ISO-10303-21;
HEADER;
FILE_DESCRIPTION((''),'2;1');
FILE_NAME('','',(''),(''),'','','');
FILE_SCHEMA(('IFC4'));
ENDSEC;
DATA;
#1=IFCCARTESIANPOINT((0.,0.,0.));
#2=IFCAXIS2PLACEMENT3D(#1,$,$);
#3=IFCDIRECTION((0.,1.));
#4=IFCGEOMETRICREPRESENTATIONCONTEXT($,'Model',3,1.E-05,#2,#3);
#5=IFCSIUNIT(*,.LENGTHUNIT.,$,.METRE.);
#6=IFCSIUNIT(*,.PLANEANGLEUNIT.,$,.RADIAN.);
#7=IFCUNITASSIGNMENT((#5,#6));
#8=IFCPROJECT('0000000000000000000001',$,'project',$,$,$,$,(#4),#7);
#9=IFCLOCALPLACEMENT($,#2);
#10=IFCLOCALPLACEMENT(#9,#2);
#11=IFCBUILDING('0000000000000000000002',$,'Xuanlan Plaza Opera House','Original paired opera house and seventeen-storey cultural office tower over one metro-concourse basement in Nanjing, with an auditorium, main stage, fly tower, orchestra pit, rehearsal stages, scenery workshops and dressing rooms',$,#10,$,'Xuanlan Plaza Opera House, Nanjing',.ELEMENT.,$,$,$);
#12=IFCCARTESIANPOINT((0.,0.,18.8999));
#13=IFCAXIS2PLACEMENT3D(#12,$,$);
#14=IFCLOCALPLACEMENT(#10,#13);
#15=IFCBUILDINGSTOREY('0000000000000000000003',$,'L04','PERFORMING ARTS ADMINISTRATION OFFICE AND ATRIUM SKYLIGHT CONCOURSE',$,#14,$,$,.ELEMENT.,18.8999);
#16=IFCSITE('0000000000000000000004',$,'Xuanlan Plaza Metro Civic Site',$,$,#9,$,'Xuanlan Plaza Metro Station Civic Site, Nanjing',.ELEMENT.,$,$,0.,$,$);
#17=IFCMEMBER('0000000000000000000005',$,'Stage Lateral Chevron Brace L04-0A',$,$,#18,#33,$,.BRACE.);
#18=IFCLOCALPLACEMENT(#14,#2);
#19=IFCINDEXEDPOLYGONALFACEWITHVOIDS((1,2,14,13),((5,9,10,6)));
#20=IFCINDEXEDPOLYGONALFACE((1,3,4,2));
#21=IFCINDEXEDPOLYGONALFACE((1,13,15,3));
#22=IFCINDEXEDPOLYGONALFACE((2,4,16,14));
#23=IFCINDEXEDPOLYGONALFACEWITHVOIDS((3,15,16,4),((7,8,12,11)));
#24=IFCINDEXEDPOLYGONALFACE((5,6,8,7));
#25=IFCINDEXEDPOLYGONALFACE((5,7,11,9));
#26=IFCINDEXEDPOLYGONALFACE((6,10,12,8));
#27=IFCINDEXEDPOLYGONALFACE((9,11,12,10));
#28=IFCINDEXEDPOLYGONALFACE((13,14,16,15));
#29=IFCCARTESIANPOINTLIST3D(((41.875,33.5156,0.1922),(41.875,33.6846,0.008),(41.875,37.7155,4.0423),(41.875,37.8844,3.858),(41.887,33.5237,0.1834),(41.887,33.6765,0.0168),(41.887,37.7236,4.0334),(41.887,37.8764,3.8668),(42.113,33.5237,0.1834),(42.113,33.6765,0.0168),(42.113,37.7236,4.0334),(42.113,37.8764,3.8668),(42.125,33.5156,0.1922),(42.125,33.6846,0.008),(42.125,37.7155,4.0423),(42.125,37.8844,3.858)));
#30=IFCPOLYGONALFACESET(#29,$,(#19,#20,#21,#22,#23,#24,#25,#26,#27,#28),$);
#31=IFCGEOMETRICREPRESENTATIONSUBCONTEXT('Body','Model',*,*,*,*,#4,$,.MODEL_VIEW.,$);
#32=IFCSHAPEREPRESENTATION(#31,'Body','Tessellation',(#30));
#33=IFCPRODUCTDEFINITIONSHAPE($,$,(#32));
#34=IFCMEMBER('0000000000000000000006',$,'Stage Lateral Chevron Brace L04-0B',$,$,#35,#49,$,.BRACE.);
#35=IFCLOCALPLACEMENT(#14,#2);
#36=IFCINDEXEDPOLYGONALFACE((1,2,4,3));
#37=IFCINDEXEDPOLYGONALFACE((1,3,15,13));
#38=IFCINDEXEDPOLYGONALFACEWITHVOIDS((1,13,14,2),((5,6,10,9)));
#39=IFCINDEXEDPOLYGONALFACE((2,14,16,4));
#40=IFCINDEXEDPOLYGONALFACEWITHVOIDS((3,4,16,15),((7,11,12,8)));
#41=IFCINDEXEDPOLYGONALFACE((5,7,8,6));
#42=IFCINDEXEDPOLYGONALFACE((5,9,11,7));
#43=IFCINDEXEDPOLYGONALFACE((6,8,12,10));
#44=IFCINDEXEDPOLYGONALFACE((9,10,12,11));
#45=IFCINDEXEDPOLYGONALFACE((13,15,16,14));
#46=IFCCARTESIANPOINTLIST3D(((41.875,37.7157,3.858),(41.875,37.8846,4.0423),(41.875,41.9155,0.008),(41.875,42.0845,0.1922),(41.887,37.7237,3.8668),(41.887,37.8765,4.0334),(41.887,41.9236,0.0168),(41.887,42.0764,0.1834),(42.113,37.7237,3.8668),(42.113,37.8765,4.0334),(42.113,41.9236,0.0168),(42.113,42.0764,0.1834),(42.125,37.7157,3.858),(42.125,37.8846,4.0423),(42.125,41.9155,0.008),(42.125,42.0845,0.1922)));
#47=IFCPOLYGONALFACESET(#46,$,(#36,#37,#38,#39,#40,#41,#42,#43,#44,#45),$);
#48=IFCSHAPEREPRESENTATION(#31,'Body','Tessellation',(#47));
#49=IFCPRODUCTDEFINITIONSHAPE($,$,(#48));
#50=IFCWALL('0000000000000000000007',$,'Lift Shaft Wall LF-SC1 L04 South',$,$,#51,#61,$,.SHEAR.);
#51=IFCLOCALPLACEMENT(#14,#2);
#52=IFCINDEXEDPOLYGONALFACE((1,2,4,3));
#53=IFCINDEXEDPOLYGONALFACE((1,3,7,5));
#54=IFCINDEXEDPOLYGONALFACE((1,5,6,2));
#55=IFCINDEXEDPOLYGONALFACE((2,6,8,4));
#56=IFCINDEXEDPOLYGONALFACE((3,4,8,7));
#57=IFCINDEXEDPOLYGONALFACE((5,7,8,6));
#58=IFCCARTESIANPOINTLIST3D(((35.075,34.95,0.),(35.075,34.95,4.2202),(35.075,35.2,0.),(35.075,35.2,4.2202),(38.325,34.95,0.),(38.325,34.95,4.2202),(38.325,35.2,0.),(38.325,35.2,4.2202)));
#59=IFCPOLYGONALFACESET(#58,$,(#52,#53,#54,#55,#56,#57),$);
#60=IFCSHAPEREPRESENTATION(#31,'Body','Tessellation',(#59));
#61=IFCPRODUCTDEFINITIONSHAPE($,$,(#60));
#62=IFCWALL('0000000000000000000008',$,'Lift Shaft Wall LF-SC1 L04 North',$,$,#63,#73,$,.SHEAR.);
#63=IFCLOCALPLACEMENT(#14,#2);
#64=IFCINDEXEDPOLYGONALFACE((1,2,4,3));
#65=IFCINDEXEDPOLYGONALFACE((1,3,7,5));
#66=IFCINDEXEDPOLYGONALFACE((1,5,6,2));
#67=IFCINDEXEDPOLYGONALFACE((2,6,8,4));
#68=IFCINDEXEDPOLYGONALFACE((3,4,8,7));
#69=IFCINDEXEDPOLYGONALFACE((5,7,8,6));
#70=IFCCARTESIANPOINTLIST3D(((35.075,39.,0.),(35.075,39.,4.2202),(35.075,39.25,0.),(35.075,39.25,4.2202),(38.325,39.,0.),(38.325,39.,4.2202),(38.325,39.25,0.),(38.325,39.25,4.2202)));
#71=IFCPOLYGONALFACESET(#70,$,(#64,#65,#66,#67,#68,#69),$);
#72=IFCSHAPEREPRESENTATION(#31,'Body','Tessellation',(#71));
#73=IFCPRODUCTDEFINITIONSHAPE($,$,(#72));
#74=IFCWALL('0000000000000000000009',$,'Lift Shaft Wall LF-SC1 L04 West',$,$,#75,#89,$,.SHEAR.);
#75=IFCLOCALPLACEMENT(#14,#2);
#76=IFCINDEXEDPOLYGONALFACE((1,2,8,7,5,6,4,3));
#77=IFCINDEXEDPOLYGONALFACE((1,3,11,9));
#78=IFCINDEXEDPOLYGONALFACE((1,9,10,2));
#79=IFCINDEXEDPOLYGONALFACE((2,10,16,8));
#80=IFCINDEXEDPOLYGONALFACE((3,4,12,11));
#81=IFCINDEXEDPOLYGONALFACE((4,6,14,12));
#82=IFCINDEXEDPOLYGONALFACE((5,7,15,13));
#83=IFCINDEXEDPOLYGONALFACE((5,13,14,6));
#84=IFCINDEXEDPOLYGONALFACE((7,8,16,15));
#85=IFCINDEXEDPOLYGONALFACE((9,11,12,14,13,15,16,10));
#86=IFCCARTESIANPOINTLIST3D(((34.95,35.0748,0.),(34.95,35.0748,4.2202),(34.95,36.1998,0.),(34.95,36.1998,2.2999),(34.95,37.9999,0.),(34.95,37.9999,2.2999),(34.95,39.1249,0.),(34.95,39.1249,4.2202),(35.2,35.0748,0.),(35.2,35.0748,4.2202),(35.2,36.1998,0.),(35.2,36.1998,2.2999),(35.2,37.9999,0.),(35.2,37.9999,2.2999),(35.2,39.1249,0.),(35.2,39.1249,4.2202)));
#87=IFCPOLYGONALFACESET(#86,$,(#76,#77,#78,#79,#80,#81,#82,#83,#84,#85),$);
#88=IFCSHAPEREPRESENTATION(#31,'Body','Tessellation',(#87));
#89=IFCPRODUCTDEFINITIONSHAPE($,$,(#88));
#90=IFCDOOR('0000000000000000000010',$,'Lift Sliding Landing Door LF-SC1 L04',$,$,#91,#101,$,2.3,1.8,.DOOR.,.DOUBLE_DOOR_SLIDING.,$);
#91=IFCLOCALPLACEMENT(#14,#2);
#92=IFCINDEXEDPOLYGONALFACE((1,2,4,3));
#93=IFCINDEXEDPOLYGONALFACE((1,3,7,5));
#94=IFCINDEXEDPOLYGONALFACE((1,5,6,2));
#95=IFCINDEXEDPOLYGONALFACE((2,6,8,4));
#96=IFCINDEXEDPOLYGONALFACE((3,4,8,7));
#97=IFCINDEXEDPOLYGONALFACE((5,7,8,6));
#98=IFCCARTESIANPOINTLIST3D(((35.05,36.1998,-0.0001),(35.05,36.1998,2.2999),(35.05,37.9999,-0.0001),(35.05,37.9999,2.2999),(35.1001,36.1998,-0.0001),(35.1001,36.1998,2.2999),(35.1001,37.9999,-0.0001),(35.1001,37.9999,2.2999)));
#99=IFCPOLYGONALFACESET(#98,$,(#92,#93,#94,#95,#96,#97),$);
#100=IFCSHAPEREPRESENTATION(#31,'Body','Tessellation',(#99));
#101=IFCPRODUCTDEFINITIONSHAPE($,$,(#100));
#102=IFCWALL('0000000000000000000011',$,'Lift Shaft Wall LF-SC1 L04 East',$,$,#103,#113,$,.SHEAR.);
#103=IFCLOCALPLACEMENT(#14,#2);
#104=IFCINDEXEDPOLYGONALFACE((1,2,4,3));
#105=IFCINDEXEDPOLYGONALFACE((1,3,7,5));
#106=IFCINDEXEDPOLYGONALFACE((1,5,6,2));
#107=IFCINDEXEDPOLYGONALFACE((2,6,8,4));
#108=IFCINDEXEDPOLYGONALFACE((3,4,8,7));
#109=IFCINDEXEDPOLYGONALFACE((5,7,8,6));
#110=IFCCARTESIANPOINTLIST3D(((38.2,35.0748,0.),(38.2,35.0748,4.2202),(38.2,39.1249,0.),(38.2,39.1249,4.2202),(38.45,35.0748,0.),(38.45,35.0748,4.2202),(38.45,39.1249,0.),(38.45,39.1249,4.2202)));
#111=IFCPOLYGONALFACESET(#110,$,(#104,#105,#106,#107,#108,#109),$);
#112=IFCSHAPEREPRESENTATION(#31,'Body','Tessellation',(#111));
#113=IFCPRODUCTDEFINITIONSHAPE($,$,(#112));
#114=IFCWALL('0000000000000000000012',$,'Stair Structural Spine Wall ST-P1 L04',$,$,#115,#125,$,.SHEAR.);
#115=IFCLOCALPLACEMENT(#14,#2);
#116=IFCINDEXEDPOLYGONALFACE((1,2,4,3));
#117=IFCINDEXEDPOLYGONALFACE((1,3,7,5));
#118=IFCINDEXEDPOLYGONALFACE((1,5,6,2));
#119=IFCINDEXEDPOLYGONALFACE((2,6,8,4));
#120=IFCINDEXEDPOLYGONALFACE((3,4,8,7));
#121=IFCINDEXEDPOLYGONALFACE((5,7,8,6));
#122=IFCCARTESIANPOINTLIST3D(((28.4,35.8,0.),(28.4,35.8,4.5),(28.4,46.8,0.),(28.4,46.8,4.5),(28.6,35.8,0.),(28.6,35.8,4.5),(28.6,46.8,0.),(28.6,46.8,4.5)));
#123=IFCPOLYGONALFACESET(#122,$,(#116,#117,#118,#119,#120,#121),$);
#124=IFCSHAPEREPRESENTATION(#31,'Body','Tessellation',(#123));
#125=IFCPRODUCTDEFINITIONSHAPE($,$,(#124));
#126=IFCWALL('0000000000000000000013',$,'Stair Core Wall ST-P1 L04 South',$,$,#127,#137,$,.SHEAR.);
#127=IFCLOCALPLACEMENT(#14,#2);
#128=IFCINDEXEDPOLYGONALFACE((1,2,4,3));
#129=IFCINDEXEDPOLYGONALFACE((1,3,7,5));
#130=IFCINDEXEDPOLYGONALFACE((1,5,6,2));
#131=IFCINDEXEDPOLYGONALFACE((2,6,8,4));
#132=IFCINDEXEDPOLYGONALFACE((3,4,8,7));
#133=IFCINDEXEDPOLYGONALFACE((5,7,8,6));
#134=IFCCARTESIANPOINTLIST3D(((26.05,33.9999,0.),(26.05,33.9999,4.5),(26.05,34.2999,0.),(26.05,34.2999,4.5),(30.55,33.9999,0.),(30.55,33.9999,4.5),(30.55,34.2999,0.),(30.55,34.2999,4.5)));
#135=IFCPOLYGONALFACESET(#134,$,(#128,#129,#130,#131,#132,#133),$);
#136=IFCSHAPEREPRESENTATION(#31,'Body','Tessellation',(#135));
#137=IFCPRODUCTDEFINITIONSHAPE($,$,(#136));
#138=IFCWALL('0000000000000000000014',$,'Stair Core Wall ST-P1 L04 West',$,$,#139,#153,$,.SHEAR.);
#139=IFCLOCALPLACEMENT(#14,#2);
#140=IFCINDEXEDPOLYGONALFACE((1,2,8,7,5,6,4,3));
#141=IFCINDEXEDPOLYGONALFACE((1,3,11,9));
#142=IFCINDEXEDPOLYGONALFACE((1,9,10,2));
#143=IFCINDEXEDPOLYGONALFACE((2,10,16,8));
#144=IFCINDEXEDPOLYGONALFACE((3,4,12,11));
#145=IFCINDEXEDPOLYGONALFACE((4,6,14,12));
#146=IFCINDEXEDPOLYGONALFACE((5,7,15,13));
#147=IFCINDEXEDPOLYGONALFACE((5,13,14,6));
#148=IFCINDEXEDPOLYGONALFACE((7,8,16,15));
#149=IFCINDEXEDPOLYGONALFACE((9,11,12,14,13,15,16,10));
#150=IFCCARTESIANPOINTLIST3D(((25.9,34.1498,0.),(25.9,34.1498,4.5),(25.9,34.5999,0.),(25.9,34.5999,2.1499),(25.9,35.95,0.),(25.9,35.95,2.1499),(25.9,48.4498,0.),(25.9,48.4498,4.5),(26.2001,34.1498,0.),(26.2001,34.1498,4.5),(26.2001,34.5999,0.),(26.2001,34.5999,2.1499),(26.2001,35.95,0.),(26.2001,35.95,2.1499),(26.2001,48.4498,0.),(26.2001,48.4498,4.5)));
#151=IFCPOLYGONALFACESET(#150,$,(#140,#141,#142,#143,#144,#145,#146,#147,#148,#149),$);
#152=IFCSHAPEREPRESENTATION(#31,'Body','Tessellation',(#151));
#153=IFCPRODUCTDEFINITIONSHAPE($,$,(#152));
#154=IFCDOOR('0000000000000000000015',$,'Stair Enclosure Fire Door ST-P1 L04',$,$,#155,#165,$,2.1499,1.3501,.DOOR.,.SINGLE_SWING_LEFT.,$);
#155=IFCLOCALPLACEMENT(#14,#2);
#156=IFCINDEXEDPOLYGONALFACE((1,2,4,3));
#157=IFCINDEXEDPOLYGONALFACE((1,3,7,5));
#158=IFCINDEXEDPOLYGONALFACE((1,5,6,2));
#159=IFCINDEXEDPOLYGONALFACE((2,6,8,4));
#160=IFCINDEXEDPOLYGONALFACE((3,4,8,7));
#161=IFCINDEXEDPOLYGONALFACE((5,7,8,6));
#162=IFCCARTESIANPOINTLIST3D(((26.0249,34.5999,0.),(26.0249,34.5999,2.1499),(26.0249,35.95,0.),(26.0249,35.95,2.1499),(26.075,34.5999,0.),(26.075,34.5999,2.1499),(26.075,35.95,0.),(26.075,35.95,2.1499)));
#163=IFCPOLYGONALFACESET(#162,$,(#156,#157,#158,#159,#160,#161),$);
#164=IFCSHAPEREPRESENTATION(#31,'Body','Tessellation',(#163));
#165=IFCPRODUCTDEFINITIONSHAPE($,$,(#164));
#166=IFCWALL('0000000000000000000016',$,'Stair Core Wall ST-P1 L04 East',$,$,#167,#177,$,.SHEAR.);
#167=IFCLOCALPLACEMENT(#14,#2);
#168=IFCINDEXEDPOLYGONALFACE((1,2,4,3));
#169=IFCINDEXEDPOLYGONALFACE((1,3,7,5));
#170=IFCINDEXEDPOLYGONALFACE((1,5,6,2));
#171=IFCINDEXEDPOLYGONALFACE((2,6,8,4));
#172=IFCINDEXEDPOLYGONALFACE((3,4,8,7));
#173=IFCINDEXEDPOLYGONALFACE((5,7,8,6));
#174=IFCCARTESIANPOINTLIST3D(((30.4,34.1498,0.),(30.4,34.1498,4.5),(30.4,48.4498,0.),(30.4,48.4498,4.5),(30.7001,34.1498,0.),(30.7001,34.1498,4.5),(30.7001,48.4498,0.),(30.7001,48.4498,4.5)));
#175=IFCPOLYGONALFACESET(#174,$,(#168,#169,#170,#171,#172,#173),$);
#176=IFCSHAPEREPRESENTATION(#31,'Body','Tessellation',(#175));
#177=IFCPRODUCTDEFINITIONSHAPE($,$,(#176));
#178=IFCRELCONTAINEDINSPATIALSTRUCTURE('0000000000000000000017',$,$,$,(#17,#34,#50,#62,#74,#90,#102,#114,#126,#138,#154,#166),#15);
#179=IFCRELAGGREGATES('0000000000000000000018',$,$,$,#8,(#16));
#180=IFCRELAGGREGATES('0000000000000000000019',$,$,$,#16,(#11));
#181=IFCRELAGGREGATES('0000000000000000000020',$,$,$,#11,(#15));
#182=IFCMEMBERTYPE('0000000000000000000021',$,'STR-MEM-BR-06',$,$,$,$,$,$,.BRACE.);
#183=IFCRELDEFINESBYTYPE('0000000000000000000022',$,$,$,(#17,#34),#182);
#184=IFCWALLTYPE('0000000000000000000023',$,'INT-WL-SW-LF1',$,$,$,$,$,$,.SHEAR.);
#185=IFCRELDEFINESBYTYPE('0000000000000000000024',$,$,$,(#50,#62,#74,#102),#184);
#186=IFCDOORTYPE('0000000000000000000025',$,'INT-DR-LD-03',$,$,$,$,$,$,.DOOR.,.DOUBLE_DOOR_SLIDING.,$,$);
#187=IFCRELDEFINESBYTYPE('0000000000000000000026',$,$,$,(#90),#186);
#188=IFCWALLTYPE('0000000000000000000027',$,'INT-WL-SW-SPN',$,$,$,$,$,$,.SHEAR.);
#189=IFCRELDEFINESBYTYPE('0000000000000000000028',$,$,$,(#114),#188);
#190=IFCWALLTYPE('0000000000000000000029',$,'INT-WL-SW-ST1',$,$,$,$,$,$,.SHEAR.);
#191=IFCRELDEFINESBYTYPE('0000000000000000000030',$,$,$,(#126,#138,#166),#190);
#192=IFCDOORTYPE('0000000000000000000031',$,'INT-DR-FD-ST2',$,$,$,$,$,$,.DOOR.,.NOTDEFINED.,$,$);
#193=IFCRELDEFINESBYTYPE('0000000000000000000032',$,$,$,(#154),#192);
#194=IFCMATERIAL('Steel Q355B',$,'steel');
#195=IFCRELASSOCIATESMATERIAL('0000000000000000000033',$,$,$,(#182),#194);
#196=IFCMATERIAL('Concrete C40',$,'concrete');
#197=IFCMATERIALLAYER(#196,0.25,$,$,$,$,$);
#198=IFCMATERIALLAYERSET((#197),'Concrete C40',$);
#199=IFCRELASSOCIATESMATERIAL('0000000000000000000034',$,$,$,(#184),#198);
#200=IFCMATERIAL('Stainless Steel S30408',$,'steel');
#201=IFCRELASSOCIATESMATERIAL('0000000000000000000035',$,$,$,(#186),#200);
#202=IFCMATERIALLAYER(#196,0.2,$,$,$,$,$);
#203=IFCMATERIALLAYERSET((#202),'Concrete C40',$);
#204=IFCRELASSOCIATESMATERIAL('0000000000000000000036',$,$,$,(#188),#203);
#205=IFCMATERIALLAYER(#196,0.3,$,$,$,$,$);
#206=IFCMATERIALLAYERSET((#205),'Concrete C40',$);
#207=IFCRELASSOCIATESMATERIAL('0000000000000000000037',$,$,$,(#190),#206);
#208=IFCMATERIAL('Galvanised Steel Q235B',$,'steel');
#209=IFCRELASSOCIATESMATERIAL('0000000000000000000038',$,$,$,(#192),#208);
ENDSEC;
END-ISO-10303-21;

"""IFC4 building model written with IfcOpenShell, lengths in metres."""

from ifc_helpers import new_model, si_unit, direction, frame, frame_2d, origin, origin_2d, place, context, subcontext, project, spatial, rectangle, hollow_rectangle, extrude, material, layer, layer_set, material_profile, profile_set, type_object, element, fill, save


model = new_model("IFC4")

# Units and contexts
model_context = context("Model", 3, precision=1e-05, world=origin(), true_north=direction((0.0, 1.0)))
body_context = subcontext(model_context, "Body", "Model", "MODEL_VIEW")
ifc_project = project(units=[si_unit("LENGTHUNIT", "METRE"), si_unit("PLANEANGLEUNIT", "RADIAN")], contexts=[model_context])

# Site, building, storey
site_placement = place(None, origin())
site = spatial("IfcSite", under=ifc_project, at=site_placement, Name="Xuanlan Plaza Metro Civic Site", LongName="Xuanlan Plaza Metro Station Civic Site, Nanjing", CompositionType="ELEMENT", RefElevation=0.0)
building_placement = place(site_placement, origin())
building = spatial("IfcBuilding", under=site, at=building_placement, Name="Xuanlan Plaza Opera House", Description="Original paired opera house and seventeen-storey cultural office tower over one metro-concourse basement in Nanjing, with an auditorium, main stage, fly tower, orchestra pit, rehearsal stages, scenery workshops and dressing rooms", LongName="Xuanlan Plaza Opera House, Nanjing", CompositionType="ELEMENT")
storey_placement = place(building_placement, frame((0.0, 0.0, 18.8999)))
storey = spatial("IfcBuildingStorey", under=building, at=storey_placement, Name="L04", Description="PERFORMING ARTS ADMINISTRATION OFFICE AND ATRIUM SKYLIGHT CONCOURSE", CompositionType="ELEMENT", Elevation=18.8999)

# Shared definitions
ifc_material_1 = material(Name="Concrete C40", Category="concrete")

# Shared definitions
ifc_material_2 = material(Name="Steel Q355B", Category="steel")

# Members
ifc_material_profile_1 = material_profile(ifc_material_2, hollow_rectangle(XDim=0.25, YDim=0.25, WallThickness=0.012, at=origin_2d()), Name="SHS 250x250x12")
ifc_profile_set_1 = profile_set([ifc_material_profile_1], Name="Steel Q355B")
member_type = type_object("IfcMemberType", Name="STR-MEM-BR-06", PredefinedType="BRACE", material=ifc_profile_set_1)
for number, where, z_axis, x_axis, name in (
    (1, (42.0, 33.6001, 0.1001), (0.0, 0.737142, 0.675738), (-1.0, 0.0, 0.0), "Stage Lateral Chevron Brace L04-0A"),
    (2, (42.0, 42.0, 0.1001), (0.0, -0.737142, 0.675738), (1.0, 0.0, 0.0), "Stage Lateral Chevron Brace L04-0B"),
):
    element("IfcMember", number, at=place(storey_placement, frame(where, z_axis=z_axis, x_axis=x_axis)), inside=storey, type_object=member_type, Name=name, PredefinedType="BRACE", context=body_context, shape_type="SweptSolid", body=[
        extrude(hollow_rectangle(XDim=0.25, YDim=0.25, WallThickness=0.012, at=origin_2d()), origin(), (0.0, 0.0, 1.0), 5.6975),
    ])

# Walls
ifc_layer_1 = layer(ifc_material_1, 0.25)
ifc_layer_set_1 = layer_set([ifc_layer_1], Name="Concrete C40")
wall_type_1 = type_object("IfcWallType", Name="INT-WL-SW-LF1", PredefinedType="SHEAR", material=ifc_layer_set_1)
for number, where, z_axis, x_axis, name in (
    (3, (35.075, 35.075, 0.0), (0.0, 0.0, 1.0), (1.0, 0.0, 0.0), "Lift Shaft Wall LF-SC1 L04 South"),
    (4, (35.075, 39.125, 0.0), (0.0, 0.0, 1.0), (1.0, 0.0, 0.0), "Lift Shaft Wall LF-SC1 L04 North"),
):
    element("IfcWall", number, at=place(storey_placement, frame(where, z_axis=z_axis, x_axis=x_axis)), inside=storey, type_object=wall_type_1, Name=name, PredefinedType="SHEAR", context=body_context, shape_type="SweptSolid", body=[
        extrude(rectangle(XDim=3.25, YDim=0.25, at=frame_2d((1.625, 0.0))), origin(), (0.0, 0.0, 1.0), 4.2202),
    ])

# Wall, opening, door
wall_1_placement = place(storey_placement, frame((35.075, 35.075, 0.0), z_axis=(0.0, 0.0, 1.0), x_axis=(0.0, 1.0, 0.0)))
wall_1 = element("IfcWall", 5, at=wall_1_placement, inside=storey, type_object=wall_type_1, Name="Lift Shaft Wall LF-SC1 L04 West", PredefinedType="SHEAR", context=body_context, shape_type="SweptSolid", body=[
    extrude(rectangle(XDim=4.05, YDim=0.25, at=frame_2d((2.0249, 0.0))), origin(), (0.0, 0.0, 1.0), 4.2202),
])
opening_1_placement = place(wall_1_placement, frame((1.125, 0.0, 0.0)))
opening_1 = element("IfcOpeningElement", 6, at=opening_1_placement, cuts=wall_1, PredefinedType="OPENING", context=body_context, shape_type="SweptSolid", body=[
    extrude(rectangle(XDim=1.8, YDim=2.3, at=frame_2d((0.8999, 1.1499))), frame((0.0, 0.135, 0.0), z_axis=(0.0, -1.0, 0.0), x_axis=(1.0, 0.0, 0.0)), (0.0, 0.0, 1.0), 0.27),
])
ifc_material_3 = material(Name="Stainless Steel S30408", Category="steel")
door_type_1 = type_object("IfcDoorType", Name="INT-DR-LD-03", OperationType="DOUBLE_DOOR_SLIDING", PredefinedType="DOOR", material=ifc_material_3)
door_1_placement = place(opening_1_placement, origin())
door_1 = element("IfcDoor", 7, at=door_1_placement, inside=storey, type_object=door_type_1, Name="Lift Sliding Landing Door LF-SC1 L04", OperationType="DOUBLE_DOOR_SLIDING", OverallHeight=2.3, OverallWidth=1.8, PredefinedType="DOOR", context=body_context, shape_type="SweptSolid", body=[
    extrude(rectangle(XDim=1.8, YDim=2.3, at=frame_2d((0.8999, 1.1499))), frame((0.0, 0.0249, 0.0), z_axis=(0.0, -1.0, 0.0), x_axis=(1.0, 0.0, 0.0)), (0.0, 0.0, 1.0), 0.05),
])
fill(opening_1, door_1)

# Walls
wall_2_placement = place(storey_placement, frame((38.325, 35.075, 0.0), z_axis=(0.0, 0.0, 1.0), x_axis=(0.0, 1.0, 0.0)))
element("IfcWall", 8, at=wall_2_placement, inside=storey, type_object=wall_type_1, Name="Lift Shaft Wall LF-SC1 L04 East", PredefinedType="SHEAR", context=body_context, shape_type="SweptSolid", body=[
    extrude(rectangle(XDim=4.05, YDim=0.25, at=frame_2d((2.0249, 0.0))), origin(), (0.0, 0.0, 1.0), 4.2202),
])
ifc_layer_2 = layer(ifc_material_1, 0.2)
ifc_layer_set_2 = layer_set([ifc_layer_2], Name="Concrete C40")
wall_type_2 = type_object("IfcWallType", Name="INT-WL-SW-SPN", PredefinedType="SHEAR", material=ifc_layer_set_2)
wall_3_placement = place(storey_placement, frame((28.5, 35.8, 0.0), z_axis=(0.0, 0.0, 1.0), x_axis=(0.0, 1.0, 0.0)))
element("IfcWall", 9, at=wall_3_placement, inside=storey, type_object=wall_type_2, Name="Stair Structural Spine Wall ST-P1 L04", PredefinedType="SHEAR", context=body_context, shape_type="SweptSolid", body=[
    extrude(rectangle(XDim=11.0, YDim=0.2, at=frame_2d((5.5, 0.0))), origin(), (0.0, 0.0, 1.0), 4.5),
])
ifc_layer_3 = layer(ifc_material_1, 0.3)
ifc_layer_set_3 = layer_set([ifc_layer_3], Name="Concrete C40")
wall_type_3 = type_object("IfcWallType", Name="INT-WL-SW-ST1", PredefinedType="SHEAR", material=ifc_layer_set_3)
wall_4_placement = place(storey_placement, frame((26.05, 34.1499, 0.0), z_axis=(0.0, 0.0, 1.0), x_axis=(1.0, 0.0, 0.0)))
element("IfcWall", 10, at=wall_4_placement, inside=storey, type_object=wall_type_3, Name="Stair Core Wall ST-P1 L04 South", PredefinedType="SHEAR", context=body_context, shape_type="SweptSolid", body=[
    extrude(rectangle(XDim=4.5, YDim=0.3, at=frame_2d((2.25, 0.0))), origin(), (0.0, 0.0, 1.0), 4.5),
])

# Wall, opening, door
wall_5_placement = place(storey_placement, frame((26.05, 34.1499, 0.0), z_axis=(0.0, 0.0, 1.0), x_axis=(0.0, 1.0, 0.0)))
wall_5 = element("IfcWall", 11, at=wall_5_placement, inside=storey, type_object=wall_type_3, Name="Stair Core Wall ST-P1 L04 West", PredefinedType="SHEAR", context=body_context, shape_type="SweptSolid", body=[
    extrude(rectangle(XDim=14.3, YDim=0.3, at=frame_2d((7.1499, 0.0))), origin(), (0.0, 0.0, 1.0), 4.5),
])
opening_2_placement = place(wall_5_placement, frame((0.45, 0.0, 0.0)))
opening_2 = element("IfcOpeningElement", 12, at=opening_2_placement, cuts=wall_5, PredefinedType="OPENING", context=body_context, shape_type="SweptSolid", body=[
    extrude(rectangle(XDim=1.3501, YDim=2.1499, at=frame_2d((0.675, 1.075))), frame((0.0, 0.1599, 0.0), z_axis=(0.0, -1.0, 0.0), x_axis=(1.0, 0.0, 0.0)), (0.0, 0.0, 1.0), 0.3201),
])
ifc_material_4 = material(Name="Galvanised Steel Q235B", Category="steel")
door_type_2 = type_object("IfcDoorType", Name="INT-DR-FD-ST2", OperationType="NOTDEFINED", PredefinedType="DOOR", material=ifc_material_4)
door_2_placement = place(opening_2_placement, frame((1.3501, 0.0, 0.0), z_axis=(0.0, 0.0, 1.0), x_axis=(-1.0, 0.0, 0.0)))
door_2 = element("IfcDoor", 13, at=door_2_placement, inside=storey, type_object=door_type_2, Name="Stair Enclosure Fire Door ST-P1 L04", OperationType="SINGLE_SWING_LEFT", OverallHeight=2.1499, OverallWidth=1.3501, PredefinedType="DOOR", context=body_context, shape_type="SweptSolid", body=[
    extrude(rectangle(XDim=1.3501, YDim=2.1499, at=frame_2d((0.675, 1.075))), frame((0.0, 0.0249, 0.0), z_axis=(0.0, -1.0, 0.0), x_axis=(1.0, 0.0, 0.0)), (0.0, 0.0, 1.0), 0.05),
])
fill(opening_2, door_2)

# Wall
wall_6_placement = place(storey_placement, frame((30.55, 34.1499, 0.0), z_axis=(0.0, 0.0, 1.0), x_axis=(0.0, 1.0, 0.0)))
element("IfcWall", 14, at=wall_6_placement, inside=storey, type_object=wall_type_3, Name="Stair Core Wall ST-P1 L04 East", PredefinedType="SHEAR", context=body_context, shape_type="SweptSolid", body=[
    extrude(rectangle(XDim=14.3, YDim=0.3, at=frame_2d((7.1499, 0.0))), origin(), (0.0, 0.0, 1.0), 4.5),
])

save(model, "model.ifc")
